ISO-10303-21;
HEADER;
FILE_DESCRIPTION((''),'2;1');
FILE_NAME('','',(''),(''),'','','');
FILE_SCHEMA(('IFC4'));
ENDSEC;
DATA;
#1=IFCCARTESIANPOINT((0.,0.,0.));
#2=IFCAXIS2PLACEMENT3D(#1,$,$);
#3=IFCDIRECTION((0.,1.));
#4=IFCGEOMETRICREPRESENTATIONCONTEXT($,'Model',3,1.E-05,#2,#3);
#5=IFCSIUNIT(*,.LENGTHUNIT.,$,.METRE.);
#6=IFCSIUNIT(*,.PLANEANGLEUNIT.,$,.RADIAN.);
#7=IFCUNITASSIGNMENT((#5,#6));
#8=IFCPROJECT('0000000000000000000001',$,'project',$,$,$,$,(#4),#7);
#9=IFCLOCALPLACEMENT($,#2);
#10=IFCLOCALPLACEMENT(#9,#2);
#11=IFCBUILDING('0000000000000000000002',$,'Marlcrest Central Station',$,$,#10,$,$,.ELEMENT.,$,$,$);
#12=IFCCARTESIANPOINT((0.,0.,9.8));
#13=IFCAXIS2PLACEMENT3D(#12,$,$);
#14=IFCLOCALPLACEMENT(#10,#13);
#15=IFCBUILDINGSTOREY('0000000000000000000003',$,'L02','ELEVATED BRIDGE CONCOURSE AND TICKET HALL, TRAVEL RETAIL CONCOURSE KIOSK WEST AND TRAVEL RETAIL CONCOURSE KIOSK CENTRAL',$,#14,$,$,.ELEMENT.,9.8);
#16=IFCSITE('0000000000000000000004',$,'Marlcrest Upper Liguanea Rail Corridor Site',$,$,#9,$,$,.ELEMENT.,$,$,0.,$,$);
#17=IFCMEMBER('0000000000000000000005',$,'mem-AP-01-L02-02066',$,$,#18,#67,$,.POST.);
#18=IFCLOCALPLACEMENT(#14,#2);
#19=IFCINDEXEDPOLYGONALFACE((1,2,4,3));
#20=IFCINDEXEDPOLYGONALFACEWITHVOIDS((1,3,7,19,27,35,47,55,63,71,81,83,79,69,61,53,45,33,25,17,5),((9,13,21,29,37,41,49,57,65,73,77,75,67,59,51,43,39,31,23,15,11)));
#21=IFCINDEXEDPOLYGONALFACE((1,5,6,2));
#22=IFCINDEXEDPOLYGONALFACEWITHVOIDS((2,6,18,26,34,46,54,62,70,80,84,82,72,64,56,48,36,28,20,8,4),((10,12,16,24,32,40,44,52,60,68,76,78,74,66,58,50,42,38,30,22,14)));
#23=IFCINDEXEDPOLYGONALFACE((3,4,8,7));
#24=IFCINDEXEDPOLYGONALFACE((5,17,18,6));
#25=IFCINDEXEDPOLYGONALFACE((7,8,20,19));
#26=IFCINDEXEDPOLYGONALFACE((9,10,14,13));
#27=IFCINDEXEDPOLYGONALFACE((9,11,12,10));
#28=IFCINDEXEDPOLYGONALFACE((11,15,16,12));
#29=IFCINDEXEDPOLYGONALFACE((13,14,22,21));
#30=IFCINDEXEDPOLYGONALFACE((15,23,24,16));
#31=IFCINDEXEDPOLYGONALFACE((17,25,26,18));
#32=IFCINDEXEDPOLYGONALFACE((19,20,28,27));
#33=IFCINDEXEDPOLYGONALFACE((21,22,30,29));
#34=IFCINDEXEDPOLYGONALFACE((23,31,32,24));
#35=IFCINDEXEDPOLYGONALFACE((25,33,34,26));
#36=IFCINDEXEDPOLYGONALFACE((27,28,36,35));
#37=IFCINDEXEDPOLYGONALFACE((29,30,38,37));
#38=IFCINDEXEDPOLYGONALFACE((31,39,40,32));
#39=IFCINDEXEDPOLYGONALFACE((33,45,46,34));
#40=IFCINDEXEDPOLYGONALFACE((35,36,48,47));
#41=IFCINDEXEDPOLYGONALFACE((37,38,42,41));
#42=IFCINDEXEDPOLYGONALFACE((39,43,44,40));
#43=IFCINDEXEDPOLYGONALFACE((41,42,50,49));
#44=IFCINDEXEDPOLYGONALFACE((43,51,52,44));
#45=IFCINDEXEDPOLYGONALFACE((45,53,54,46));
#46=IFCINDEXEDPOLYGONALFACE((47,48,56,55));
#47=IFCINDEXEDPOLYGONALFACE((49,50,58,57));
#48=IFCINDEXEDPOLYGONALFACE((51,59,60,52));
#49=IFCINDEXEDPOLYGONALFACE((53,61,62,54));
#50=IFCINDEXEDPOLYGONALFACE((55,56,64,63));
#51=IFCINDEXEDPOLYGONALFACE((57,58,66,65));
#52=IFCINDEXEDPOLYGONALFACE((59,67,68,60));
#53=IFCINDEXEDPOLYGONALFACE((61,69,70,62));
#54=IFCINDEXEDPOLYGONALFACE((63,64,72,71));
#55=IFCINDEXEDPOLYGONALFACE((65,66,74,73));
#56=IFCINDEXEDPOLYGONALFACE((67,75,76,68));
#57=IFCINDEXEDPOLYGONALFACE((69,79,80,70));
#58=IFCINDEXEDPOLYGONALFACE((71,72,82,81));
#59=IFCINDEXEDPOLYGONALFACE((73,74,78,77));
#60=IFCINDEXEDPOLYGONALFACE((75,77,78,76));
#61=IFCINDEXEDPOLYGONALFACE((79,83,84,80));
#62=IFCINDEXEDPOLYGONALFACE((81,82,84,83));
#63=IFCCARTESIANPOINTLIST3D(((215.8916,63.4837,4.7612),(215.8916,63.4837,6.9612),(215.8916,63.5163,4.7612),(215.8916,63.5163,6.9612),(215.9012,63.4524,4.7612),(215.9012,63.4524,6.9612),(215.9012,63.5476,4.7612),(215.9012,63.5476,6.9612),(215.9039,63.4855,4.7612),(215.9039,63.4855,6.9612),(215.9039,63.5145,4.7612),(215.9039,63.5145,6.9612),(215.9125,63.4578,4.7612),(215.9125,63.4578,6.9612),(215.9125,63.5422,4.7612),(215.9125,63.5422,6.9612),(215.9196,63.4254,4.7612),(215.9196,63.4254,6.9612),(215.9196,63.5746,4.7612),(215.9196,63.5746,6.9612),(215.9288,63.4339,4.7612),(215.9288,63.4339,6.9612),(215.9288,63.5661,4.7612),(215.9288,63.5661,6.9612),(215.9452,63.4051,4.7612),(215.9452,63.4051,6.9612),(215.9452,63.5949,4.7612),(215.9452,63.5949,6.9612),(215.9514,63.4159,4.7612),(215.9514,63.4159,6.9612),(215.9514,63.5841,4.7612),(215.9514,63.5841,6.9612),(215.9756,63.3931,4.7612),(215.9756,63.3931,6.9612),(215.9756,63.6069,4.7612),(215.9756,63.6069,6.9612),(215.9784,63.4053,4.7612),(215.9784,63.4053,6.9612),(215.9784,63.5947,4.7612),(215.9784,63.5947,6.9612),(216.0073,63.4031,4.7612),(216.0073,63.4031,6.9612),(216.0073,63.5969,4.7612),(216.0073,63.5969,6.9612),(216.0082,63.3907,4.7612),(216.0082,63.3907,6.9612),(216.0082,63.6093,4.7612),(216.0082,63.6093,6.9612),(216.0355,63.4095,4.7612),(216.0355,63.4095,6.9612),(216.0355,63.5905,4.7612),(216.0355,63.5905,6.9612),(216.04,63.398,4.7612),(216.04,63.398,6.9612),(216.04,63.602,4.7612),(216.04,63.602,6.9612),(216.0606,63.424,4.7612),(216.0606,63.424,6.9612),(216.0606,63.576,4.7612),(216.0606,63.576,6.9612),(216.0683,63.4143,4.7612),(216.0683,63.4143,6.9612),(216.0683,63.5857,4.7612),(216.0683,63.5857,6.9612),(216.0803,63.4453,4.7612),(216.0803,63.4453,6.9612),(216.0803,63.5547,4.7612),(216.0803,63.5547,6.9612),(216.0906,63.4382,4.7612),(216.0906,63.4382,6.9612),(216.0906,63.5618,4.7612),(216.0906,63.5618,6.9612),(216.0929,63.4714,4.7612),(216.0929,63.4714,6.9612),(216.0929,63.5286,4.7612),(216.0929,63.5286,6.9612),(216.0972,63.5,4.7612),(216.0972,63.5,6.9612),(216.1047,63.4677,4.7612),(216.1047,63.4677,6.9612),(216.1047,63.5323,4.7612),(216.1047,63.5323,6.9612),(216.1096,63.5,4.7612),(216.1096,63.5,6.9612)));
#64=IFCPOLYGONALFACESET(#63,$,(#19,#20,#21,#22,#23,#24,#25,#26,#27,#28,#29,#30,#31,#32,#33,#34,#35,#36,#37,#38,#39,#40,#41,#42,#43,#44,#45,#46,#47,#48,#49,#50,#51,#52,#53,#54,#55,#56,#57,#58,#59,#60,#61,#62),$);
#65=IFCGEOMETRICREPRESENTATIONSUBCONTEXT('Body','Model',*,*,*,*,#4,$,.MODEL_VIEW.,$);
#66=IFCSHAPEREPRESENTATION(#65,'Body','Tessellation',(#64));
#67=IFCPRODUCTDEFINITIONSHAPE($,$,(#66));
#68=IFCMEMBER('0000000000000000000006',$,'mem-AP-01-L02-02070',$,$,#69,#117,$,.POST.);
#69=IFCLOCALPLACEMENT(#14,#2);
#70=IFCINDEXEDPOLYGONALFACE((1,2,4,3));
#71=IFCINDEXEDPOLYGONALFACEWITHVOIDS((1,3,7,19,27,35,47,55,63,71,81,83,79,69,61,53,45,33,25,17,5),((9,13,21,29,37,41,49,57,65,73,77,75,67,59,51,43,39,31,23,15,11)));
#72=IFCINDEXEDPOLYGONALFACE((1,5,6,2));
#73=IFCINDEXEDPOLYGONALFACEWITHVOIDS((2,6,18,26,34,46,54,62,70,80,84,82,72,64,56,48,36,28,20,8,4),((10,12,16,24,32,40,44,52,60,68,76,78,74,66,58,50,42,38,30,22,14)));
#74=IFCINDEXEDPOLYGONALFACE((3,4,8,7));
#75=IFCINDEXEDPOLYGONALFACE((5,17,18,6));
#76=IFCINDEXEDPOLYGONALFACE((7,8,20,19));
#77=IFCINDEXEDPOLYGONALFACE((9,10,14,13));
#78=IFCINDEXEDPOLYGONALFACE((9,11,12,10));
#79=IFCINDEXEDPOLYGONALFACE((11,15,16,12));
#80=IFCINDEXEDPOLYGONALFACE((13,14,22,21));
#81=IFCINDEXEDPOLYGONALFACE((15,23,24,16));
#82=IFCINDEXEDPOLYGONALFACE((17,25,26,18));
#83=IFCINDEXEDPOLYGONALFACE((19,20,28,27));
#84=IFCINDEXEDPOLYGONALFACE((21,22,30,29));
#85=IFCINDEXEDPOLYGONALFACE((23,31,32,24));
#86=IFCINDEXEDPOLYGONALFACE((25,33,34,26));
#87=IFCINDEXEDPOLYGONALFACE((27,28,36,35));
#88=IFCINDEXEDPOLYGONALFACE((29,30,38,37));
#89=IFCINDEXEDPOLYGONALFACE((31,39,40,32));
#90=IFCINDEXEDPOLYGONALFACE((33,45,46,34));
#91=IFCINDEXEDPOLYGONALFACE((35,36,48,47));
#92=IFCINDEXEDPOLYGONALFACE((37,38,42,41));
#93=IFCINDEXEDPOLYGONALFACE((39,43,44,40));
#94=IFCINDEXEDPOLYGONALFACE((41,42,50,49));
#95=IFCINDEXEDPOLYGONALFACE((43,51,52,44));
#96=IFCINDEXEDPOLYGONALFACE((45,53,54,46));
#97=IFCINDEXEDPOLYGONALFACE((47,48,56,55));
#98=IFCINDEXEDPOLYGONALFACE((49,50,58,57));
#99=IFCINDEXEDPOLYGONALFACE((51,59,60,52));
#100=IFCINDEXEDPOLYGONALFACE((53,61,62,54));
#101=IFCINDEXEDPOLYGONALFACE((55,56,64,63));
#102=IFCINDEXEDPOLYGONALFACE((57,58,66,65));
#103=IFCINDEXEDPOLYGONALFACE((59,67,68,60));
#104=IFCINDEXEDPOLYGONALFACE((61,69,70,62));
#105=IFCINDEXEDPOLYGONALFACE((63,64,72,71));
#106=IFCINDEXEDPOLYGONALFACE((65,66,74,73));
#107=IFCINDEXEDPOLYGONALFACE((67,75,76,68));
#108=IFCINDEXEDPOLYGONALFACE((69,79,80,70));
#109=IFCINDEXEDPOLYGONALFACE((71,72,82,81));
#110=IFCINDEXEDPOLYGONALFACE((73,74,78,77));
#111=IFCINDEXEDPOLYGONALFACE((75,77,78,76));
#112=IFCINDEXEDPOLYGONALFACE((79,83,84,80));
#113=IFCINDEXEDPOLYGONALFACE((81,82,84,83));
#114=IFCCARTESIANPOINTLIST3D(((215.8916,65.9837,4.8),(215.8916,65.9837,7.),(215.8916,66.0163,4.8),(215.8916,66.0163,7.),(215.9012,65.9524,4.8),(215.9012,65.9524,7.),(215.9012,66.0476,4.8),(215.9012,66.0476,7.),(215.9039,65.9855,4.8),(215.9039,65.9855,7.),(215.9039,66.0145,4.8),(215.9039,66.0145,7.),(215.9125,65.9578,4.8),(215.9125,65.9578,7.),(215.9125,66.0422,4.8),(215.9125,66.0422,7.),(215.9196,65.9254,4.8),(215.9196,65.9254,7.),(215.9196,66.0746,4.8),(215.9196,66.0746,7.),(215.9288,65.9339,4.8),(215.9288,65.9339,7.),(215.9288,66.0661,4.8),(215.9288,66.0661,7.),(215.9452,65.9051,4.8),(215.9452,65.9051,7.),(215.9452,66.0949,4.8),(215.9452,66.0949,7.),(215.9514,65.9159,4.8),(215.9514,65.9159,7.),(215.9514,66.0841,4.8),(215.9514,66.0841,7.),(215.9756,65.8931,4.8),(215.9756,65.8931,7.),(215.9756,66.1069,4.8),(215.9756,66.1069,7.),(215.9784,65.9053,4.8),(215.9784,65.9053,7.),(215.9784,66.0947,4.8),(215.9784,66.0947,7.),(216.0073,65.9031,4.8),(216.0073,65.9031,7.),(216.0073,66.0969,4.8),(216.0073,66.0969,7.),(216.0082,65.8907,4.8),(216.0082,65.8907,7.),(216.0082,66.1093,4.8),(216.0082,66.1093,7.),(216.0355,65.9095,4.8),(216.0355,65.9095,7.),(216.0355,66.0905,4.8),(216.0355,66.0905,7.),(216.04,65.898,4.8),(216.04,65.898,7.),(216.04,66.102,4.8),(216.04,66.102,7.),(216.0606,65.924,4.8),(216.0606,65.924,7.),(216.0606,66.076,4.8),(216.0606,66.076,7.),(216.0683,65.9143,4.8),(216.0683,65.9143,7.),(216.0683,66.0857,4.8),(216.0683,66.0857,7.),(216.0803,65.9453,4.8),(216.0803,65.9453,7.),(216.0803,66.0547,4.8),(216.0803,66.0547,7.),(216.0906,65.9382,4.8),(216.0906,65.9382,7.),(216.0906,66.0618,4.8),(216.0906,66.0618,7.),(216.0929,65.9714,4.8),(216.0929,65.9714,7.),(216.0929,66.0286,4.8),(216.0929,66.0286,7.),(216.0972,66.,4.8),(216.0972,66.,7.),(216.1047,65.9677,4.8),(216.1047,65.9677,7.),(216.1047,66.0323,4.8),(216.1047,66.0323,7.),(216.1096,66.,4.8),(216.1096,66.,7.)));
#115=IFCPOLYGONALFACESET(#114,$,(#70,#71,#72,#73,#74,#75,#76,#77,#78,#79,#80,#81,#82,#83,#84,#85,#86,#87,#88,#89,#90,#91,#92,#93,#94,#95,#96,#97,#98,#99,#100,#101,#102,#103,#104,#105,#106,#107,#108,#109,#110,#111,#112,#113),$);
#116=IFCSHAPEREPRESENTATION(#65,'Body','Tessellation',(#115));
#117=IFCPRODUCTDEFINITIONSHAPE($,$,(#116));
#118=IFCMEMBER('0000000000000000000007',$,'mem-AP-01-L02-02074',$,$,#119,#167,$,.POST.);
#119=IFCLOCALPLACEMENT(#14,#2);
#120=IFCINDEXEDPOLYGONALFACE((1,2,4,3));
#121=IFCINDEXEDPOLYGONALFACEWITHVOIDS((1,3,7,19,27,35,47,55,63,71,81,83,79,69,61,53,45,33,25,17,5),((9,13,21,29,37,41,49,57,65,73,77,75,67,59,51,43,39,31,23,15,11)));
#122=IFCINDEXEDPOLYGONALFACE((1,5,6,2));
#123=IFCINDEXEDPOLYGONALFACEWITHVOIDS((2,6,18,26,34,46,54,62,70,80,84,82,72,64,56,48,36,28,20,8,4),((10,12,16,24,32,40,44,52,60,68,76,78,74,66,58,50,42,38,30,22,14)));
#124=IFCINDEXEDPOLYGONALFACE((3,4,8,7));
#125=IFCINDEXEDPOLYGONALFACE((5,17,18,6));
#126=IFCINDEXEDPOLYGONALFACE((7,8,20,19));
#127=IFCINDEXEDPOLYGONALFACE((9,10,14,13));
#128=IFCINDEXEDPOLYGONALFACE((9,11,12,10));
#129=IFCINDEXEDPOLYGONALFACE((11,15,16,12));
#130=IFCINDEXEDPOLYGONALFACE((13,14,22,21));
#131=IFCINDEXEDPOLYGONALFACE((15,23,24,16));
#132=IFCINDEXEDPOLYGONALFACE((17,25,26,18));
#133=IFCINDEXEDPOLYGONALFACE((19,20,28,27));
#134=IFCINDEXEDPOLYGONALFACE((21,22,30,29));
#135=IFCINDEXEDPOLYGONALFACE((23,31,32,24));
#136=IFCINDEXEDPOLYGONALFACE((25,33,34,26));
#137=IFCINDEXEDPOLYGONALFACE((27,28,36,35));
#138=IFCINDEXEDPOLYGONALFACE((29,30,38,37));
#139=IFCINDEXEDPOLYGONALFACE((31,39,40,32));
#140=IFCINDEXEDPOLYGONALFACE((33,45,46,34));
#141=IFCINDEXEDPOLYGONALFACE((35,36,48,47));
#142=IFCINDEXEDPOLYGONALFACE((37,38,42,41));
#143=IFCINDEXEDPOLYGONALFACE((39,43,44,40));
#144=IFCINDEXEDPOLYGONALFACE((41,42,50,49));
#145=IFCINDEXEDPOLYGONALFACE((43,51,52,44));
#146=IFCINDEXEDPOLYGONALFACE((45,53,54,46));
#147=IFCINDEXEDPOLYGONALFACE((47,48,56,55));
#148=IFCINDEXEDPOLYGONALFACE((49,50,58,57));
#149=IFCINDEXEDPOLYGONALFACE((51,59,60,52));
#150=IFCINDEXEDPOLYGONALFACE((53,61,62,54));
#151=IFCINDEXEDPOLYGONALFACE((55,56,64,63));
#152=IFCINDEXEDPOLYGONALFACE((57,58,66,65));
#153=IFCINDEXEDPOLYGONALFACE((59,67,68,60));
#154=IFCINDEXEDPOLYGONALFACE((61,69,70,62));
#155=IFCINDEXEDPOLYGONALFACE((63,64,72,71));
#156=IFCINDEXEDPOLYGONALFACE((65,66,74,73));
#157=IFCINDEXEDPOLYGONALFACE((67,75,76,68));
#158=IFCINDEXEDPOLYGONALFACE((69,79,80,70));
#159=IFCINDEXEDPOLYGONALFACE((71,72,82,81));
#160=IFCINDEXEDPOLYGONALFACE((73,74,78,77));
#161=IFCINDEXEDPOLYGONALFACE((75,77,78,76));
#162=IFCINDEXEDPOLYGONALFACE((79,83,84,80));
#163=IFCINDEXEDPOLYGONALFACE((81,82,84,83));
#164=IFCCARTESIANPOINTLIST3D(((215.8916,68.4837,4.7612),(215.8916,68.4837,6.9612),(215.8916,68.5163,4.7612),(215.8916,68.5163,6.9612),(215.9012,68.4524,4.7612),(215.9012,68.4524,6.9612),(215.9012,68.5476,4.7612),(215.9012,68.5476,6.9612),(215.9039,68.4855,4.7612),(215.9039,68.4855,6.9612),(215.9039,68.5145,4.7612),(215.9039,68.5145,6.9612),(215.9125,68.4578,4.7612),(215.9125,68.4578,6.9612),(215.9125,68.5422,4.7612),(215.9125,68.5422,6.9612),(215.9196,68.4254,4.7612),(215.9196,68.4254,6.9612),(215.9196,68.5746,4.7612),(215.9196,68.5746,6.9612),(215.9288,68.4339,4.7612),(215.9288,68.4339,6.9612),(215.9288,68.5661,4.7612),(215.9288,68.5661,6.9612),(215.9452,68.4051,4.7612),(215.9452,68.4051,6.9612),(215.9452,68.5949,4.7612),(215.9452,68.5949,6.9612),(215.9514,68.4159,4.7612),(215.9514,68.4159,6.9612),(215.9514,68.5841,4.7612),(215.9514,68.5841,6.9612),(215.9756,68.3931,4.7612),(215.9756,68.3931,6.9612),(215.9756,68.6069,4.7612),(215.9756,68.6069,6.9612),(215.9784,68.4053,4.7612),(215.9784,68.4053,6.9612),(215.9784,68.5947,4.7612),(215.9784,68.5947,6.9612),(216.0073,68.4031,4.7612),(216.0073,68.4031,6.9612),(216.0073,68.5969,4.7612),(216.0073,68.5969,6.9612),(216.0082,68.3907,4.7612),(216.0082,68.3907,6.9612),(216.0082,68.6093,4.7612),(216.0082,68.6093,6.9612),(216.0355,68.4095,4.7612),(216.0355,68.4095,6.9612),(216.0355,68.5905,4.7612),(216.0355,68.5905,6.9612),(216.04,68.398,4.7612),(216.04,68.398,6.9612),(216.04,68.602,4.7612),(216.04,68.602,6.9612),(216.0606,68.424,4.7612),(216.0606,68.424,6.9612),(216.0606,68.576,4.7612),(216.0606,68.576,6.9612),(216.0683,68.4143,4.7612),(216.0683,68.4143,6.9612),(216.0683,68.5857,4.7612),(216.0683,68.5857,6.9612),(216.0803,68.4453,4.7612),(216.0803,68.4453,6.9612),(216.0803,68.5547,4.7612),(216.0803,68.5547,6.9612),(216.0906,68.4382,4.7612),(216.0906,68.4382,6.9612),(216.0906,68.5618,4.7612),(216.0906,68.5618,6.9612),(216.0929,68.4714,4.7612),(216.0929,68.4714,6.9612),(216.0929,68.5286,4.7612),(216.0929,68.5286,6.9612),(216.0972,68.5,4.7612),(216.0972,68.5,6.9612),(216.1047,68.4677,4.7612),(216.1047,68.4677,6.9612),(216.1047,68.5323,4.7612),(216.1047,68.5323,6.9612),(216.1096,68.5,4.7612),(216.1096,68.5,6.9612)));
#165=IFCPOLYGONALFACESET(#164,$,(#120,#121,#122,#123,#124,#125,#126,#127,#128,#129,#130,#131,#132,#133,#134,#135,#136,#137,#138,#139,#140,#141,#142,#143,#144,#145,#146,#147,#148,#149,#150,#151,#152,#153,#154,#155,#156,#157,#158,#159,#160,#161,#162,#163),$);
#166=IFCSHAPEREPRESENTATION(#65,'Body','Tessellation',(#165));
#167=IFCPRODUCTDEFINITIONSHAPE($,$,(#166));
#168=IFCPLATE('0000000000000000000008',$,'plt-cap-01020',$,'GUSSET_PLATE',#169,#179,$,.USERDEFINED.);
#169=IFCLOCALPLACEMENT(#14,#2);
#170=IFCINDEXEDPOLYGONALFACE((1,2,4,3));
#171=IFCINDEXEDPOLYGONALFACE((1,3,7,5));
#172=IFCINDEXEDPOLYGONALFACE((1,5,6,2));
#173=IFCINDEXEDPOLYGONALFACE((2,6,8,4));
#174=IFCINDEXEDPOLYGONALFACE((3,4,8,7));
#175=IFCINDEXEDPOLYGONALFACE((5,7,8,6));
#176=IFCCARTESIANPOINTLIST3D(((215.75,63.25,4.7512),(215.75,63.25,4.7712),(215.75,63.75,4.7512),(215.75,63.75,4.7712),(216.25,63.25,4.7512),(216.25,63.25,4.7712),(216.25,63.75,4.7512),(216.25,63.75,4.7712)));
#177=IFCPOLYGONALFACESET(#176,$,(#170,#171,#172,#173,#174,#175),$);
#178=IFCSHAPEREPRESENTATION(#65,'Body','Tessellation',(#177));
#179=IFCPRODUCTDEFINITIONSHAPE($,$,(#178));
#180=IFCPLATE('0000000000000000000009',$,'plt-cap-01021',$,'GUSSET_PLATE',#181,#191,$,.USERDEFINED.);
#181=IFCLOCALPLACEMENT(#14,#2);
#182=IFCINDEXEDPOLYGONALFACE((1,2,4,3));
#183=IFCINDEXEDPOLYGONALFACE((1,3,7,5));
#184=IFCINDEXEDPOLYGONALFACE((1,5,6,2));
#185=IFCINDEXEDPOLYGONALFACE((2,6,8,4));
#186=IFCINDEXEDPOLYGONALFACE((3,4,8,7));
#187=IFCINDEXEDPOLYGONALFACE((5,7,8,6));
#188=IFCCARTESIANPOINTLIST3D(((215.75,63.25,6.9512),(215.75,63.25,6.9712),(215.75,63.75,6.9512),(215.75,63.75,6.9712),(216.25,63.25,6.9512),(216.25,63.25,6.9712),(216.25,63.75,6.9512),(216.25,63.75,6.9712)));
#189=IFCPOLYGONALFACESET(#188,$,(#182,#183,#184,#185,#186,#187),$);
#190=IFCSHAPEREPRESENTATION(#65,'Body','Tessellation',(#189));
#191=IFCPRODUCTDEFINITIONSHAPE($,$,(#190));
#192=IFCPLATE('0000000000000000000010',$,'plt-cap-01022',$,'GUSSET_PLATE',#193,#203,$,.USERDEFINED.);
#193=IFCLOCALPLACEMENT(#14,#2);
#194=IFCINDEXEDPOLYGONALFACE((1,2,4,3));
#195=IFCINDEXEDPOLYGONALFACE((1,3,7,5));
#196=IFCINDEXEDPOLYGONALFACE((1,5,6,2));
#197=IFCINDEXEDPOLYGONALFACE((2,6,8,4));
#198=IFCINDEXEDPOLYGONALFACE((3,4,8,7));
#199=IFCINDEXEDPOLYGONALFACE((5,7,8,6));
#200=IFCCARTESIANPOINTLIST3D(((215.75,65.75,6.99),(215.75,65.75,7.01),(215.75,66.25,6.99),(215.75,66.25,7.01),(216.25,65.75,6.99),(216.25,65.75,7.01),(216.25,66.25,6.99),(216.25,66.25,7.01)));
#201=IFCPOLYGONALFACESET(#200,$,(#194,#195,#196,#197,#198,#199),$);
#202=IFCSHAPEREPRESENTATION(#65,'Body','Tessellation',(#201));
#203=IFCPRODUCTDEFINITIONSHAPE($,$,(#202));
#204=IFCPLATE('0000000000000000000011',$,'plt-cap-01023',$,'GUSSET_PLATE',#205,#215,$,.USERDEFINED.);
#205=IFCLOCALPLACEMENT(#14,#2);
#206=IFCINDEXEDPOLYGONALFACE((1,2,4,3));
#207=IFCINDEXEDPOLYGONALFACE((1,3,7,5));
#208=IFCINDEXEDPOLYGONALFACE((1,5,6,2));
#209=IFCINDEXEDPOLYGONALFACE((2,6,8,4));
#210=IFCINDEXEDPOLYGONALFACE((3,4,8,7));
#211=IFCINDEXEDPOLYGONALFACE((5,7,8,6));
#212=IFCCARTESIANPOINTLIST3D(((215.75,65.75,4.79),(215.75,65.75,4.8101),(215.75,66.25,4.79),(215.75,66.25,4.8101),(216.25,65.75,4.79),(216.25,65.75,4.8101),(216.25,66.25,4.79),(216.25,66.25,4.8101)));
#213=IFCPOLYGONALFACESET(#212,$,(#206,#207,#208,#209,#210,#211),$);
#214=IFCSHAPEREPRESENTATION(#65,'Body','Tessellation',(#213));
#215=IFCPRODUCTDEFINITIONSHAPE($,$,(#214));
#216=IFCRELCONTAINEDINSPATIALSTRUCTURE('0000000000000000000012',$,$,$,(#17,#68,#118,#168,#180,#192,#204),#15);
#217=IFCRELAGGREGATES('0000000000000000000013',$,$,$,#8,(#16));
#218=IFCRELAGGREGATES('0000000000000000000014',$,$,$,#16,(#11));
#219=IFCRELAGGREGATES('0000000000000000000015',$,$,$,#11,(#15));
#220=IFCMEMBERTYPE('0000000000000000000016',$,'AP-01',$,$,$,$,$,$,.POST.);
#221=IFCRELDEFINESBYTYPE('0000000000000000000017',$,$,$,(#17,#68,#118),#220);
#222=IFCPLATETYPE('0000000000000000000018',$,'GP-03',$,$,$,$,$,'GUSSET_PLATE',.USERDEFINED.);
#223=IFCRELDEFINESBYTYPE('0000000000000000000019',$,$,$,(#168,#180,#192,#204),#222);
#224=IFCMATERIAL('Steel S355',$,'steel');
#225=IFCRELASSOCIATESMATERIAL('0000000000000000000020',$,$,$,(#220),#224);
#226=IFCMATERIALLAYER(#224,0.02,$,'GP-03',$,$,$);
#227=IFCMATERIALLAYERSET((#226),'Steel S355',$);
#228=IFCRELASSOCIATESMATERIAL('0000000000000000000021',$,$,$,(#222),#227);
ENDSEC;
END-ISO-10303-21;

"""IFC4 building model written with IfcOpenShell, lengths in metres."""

from ifc_helpers import new_model, si_unit, direction, frame, origin, origin_2d, place, context, subcontext, project, spatial, rectangle, hollow_circle, extrude, material, layer, layer_set, material_profile, profile_set, type_object, element, save


model = new_model("IFC4")

# Units and contexts
model_context = context("Model", 3, precision=1e-05, world=origin(), true_north=direction((0.0, 1.0)))
body_context = subcontext(model_context, "Body", "Model", "MODEL_VIEW")
ifc_project = project(units=[si_unit("LENGTHUNIT", "METRE"), si_unit("PLANEANGLEUNIT", "RADIAN")], contexts=[model_context])

# Site, building, storey
site_placement = place(None, origin())
site = spatial("IfcSite", under=ifc_project, at=site_placement, Name="Marlcrest Upper Liguanea Rail Corridor Site", CompositionType="ELEMENT", RefElevation=0.0)
building_placement = place(site_placement, origin())
building = spatial("IfcBuilding", under=site, at=building_placement, Name="Marlcrest Central Station", CompositionType="ELEMENT")
storey_placement = place(building_placement, frame((0.0, 0.0, 9.8)))
storey = spatial("IfcBuildingStorey", under=building, at=storey_placement, Name="L02", Description="ELEVATED BRIDGE CONCOURSE AND TICKET HALL, TRAVEL RETAIL CONCOURSE KIOSK WEST AND TRAVEL RETAIL CONCOURSE KIOSK CENTRAL", CompositionType="ELEMENT", Elevation=9.8)

# Members
ifc_material = material(Name="Steel S355", Category="steel")
ifc_material_profile_1 = material_profile(ifc_material, hollow_circle(Radius=0.1096, WallThickness=0.0125, at=origin_2d()), Name="CHS 219.1x12.5")
ifc_profile_set_1 = profile_set([ifc_material_profile_1], Name="Steel S355")
member_type_1 = type_object("IfcMemberType", Name="AP-01", PredefinedType="POST", material=ifc_profile_set_1)
for number, where, z_axis, x_axis, name in (
    (1, (216.0, 63.5, 4.7612), (0.0, 0.0, 1.0), (1.0, 0.0, 0.0), "mem-AP-01-L02-02066"),
    (2, (216.0, 66.0, 4.8), (0.0, 0.0, 1.0), (1.0, 0.0, 0.0), "mem-AP-01-L02-02070"),
    (3, (216.0, 68.5, 4.7612), (0.0, 0.0, 1.0), (1.0, 0.0, 0.0), "mem-AP-01-L02-02074"),
):
    element("IfcMember", number, at=place(storey_placement, frame(where, z_axis=z_axis, x_axis=x_axis)), inside=storey, type_object=member_type_1, Name=name, PredefinedType="POST", context=body_context, shape_type="SweptSolid", body=[
        extrude(hollow_circle(Radius=0.1096, WallThickness=0.0125, at=origin_2d()), origin(), (0.0, 0.0, 1.0), 2.2),
    ])

# Plates
ifc_layer = layer(ifc_material, 0.02, Name="GP-03")
ifc_layer_set = layer_set([ifc_layer], Name="Steel S355")
plate_type = type_object("IfcPlateType", Name="GP-03", ElementType="GUSSET_PLATE", PredefinedType="USERDEFINED", material=ifc_layer_set)
for number, where, z_axis, x_axis, name in (
    (4, (216.0, 63.5, 4.7512), (0.0, 0.0, 1.0), (1.0, 0.0, 0.0), "plt-cap-01020"),
    (5, (216.0, 63.5, 6.9512), (0.0, 0.0, 1.0), (1.0, 0.0, 0.0), "plt-cap-01021"),
    (6, (216.0, 66.0, 6.99), (0.0, 0.0, 1.0), (1.0, 0.0, 0.0), "plt-cap-01022"),
    (7, (216.0, 66.0, 4.79), (0.0, 0.0, 1.0), (1.0, 0.0, 0.0), "plt-cap-01023"),
):
    element("IfcPlate", number, at=place(storey_placement, frame(where, z_axis=z_axis, x_axis=x_axis)), inside=storey, type_object=plate_type, Name=name, ObjectType="GUSSET_PLATE", PredefinedType="USERDEFINED", context=body_context, shape_type="SweptSolid", body=[
        extrude(rectangle(XDim=0.5, YDim=0.5, at=origin_2d()), origin(), (0.0, 0.0, 1.0), 0.02),
    ])

save(model, "model.ifc")
